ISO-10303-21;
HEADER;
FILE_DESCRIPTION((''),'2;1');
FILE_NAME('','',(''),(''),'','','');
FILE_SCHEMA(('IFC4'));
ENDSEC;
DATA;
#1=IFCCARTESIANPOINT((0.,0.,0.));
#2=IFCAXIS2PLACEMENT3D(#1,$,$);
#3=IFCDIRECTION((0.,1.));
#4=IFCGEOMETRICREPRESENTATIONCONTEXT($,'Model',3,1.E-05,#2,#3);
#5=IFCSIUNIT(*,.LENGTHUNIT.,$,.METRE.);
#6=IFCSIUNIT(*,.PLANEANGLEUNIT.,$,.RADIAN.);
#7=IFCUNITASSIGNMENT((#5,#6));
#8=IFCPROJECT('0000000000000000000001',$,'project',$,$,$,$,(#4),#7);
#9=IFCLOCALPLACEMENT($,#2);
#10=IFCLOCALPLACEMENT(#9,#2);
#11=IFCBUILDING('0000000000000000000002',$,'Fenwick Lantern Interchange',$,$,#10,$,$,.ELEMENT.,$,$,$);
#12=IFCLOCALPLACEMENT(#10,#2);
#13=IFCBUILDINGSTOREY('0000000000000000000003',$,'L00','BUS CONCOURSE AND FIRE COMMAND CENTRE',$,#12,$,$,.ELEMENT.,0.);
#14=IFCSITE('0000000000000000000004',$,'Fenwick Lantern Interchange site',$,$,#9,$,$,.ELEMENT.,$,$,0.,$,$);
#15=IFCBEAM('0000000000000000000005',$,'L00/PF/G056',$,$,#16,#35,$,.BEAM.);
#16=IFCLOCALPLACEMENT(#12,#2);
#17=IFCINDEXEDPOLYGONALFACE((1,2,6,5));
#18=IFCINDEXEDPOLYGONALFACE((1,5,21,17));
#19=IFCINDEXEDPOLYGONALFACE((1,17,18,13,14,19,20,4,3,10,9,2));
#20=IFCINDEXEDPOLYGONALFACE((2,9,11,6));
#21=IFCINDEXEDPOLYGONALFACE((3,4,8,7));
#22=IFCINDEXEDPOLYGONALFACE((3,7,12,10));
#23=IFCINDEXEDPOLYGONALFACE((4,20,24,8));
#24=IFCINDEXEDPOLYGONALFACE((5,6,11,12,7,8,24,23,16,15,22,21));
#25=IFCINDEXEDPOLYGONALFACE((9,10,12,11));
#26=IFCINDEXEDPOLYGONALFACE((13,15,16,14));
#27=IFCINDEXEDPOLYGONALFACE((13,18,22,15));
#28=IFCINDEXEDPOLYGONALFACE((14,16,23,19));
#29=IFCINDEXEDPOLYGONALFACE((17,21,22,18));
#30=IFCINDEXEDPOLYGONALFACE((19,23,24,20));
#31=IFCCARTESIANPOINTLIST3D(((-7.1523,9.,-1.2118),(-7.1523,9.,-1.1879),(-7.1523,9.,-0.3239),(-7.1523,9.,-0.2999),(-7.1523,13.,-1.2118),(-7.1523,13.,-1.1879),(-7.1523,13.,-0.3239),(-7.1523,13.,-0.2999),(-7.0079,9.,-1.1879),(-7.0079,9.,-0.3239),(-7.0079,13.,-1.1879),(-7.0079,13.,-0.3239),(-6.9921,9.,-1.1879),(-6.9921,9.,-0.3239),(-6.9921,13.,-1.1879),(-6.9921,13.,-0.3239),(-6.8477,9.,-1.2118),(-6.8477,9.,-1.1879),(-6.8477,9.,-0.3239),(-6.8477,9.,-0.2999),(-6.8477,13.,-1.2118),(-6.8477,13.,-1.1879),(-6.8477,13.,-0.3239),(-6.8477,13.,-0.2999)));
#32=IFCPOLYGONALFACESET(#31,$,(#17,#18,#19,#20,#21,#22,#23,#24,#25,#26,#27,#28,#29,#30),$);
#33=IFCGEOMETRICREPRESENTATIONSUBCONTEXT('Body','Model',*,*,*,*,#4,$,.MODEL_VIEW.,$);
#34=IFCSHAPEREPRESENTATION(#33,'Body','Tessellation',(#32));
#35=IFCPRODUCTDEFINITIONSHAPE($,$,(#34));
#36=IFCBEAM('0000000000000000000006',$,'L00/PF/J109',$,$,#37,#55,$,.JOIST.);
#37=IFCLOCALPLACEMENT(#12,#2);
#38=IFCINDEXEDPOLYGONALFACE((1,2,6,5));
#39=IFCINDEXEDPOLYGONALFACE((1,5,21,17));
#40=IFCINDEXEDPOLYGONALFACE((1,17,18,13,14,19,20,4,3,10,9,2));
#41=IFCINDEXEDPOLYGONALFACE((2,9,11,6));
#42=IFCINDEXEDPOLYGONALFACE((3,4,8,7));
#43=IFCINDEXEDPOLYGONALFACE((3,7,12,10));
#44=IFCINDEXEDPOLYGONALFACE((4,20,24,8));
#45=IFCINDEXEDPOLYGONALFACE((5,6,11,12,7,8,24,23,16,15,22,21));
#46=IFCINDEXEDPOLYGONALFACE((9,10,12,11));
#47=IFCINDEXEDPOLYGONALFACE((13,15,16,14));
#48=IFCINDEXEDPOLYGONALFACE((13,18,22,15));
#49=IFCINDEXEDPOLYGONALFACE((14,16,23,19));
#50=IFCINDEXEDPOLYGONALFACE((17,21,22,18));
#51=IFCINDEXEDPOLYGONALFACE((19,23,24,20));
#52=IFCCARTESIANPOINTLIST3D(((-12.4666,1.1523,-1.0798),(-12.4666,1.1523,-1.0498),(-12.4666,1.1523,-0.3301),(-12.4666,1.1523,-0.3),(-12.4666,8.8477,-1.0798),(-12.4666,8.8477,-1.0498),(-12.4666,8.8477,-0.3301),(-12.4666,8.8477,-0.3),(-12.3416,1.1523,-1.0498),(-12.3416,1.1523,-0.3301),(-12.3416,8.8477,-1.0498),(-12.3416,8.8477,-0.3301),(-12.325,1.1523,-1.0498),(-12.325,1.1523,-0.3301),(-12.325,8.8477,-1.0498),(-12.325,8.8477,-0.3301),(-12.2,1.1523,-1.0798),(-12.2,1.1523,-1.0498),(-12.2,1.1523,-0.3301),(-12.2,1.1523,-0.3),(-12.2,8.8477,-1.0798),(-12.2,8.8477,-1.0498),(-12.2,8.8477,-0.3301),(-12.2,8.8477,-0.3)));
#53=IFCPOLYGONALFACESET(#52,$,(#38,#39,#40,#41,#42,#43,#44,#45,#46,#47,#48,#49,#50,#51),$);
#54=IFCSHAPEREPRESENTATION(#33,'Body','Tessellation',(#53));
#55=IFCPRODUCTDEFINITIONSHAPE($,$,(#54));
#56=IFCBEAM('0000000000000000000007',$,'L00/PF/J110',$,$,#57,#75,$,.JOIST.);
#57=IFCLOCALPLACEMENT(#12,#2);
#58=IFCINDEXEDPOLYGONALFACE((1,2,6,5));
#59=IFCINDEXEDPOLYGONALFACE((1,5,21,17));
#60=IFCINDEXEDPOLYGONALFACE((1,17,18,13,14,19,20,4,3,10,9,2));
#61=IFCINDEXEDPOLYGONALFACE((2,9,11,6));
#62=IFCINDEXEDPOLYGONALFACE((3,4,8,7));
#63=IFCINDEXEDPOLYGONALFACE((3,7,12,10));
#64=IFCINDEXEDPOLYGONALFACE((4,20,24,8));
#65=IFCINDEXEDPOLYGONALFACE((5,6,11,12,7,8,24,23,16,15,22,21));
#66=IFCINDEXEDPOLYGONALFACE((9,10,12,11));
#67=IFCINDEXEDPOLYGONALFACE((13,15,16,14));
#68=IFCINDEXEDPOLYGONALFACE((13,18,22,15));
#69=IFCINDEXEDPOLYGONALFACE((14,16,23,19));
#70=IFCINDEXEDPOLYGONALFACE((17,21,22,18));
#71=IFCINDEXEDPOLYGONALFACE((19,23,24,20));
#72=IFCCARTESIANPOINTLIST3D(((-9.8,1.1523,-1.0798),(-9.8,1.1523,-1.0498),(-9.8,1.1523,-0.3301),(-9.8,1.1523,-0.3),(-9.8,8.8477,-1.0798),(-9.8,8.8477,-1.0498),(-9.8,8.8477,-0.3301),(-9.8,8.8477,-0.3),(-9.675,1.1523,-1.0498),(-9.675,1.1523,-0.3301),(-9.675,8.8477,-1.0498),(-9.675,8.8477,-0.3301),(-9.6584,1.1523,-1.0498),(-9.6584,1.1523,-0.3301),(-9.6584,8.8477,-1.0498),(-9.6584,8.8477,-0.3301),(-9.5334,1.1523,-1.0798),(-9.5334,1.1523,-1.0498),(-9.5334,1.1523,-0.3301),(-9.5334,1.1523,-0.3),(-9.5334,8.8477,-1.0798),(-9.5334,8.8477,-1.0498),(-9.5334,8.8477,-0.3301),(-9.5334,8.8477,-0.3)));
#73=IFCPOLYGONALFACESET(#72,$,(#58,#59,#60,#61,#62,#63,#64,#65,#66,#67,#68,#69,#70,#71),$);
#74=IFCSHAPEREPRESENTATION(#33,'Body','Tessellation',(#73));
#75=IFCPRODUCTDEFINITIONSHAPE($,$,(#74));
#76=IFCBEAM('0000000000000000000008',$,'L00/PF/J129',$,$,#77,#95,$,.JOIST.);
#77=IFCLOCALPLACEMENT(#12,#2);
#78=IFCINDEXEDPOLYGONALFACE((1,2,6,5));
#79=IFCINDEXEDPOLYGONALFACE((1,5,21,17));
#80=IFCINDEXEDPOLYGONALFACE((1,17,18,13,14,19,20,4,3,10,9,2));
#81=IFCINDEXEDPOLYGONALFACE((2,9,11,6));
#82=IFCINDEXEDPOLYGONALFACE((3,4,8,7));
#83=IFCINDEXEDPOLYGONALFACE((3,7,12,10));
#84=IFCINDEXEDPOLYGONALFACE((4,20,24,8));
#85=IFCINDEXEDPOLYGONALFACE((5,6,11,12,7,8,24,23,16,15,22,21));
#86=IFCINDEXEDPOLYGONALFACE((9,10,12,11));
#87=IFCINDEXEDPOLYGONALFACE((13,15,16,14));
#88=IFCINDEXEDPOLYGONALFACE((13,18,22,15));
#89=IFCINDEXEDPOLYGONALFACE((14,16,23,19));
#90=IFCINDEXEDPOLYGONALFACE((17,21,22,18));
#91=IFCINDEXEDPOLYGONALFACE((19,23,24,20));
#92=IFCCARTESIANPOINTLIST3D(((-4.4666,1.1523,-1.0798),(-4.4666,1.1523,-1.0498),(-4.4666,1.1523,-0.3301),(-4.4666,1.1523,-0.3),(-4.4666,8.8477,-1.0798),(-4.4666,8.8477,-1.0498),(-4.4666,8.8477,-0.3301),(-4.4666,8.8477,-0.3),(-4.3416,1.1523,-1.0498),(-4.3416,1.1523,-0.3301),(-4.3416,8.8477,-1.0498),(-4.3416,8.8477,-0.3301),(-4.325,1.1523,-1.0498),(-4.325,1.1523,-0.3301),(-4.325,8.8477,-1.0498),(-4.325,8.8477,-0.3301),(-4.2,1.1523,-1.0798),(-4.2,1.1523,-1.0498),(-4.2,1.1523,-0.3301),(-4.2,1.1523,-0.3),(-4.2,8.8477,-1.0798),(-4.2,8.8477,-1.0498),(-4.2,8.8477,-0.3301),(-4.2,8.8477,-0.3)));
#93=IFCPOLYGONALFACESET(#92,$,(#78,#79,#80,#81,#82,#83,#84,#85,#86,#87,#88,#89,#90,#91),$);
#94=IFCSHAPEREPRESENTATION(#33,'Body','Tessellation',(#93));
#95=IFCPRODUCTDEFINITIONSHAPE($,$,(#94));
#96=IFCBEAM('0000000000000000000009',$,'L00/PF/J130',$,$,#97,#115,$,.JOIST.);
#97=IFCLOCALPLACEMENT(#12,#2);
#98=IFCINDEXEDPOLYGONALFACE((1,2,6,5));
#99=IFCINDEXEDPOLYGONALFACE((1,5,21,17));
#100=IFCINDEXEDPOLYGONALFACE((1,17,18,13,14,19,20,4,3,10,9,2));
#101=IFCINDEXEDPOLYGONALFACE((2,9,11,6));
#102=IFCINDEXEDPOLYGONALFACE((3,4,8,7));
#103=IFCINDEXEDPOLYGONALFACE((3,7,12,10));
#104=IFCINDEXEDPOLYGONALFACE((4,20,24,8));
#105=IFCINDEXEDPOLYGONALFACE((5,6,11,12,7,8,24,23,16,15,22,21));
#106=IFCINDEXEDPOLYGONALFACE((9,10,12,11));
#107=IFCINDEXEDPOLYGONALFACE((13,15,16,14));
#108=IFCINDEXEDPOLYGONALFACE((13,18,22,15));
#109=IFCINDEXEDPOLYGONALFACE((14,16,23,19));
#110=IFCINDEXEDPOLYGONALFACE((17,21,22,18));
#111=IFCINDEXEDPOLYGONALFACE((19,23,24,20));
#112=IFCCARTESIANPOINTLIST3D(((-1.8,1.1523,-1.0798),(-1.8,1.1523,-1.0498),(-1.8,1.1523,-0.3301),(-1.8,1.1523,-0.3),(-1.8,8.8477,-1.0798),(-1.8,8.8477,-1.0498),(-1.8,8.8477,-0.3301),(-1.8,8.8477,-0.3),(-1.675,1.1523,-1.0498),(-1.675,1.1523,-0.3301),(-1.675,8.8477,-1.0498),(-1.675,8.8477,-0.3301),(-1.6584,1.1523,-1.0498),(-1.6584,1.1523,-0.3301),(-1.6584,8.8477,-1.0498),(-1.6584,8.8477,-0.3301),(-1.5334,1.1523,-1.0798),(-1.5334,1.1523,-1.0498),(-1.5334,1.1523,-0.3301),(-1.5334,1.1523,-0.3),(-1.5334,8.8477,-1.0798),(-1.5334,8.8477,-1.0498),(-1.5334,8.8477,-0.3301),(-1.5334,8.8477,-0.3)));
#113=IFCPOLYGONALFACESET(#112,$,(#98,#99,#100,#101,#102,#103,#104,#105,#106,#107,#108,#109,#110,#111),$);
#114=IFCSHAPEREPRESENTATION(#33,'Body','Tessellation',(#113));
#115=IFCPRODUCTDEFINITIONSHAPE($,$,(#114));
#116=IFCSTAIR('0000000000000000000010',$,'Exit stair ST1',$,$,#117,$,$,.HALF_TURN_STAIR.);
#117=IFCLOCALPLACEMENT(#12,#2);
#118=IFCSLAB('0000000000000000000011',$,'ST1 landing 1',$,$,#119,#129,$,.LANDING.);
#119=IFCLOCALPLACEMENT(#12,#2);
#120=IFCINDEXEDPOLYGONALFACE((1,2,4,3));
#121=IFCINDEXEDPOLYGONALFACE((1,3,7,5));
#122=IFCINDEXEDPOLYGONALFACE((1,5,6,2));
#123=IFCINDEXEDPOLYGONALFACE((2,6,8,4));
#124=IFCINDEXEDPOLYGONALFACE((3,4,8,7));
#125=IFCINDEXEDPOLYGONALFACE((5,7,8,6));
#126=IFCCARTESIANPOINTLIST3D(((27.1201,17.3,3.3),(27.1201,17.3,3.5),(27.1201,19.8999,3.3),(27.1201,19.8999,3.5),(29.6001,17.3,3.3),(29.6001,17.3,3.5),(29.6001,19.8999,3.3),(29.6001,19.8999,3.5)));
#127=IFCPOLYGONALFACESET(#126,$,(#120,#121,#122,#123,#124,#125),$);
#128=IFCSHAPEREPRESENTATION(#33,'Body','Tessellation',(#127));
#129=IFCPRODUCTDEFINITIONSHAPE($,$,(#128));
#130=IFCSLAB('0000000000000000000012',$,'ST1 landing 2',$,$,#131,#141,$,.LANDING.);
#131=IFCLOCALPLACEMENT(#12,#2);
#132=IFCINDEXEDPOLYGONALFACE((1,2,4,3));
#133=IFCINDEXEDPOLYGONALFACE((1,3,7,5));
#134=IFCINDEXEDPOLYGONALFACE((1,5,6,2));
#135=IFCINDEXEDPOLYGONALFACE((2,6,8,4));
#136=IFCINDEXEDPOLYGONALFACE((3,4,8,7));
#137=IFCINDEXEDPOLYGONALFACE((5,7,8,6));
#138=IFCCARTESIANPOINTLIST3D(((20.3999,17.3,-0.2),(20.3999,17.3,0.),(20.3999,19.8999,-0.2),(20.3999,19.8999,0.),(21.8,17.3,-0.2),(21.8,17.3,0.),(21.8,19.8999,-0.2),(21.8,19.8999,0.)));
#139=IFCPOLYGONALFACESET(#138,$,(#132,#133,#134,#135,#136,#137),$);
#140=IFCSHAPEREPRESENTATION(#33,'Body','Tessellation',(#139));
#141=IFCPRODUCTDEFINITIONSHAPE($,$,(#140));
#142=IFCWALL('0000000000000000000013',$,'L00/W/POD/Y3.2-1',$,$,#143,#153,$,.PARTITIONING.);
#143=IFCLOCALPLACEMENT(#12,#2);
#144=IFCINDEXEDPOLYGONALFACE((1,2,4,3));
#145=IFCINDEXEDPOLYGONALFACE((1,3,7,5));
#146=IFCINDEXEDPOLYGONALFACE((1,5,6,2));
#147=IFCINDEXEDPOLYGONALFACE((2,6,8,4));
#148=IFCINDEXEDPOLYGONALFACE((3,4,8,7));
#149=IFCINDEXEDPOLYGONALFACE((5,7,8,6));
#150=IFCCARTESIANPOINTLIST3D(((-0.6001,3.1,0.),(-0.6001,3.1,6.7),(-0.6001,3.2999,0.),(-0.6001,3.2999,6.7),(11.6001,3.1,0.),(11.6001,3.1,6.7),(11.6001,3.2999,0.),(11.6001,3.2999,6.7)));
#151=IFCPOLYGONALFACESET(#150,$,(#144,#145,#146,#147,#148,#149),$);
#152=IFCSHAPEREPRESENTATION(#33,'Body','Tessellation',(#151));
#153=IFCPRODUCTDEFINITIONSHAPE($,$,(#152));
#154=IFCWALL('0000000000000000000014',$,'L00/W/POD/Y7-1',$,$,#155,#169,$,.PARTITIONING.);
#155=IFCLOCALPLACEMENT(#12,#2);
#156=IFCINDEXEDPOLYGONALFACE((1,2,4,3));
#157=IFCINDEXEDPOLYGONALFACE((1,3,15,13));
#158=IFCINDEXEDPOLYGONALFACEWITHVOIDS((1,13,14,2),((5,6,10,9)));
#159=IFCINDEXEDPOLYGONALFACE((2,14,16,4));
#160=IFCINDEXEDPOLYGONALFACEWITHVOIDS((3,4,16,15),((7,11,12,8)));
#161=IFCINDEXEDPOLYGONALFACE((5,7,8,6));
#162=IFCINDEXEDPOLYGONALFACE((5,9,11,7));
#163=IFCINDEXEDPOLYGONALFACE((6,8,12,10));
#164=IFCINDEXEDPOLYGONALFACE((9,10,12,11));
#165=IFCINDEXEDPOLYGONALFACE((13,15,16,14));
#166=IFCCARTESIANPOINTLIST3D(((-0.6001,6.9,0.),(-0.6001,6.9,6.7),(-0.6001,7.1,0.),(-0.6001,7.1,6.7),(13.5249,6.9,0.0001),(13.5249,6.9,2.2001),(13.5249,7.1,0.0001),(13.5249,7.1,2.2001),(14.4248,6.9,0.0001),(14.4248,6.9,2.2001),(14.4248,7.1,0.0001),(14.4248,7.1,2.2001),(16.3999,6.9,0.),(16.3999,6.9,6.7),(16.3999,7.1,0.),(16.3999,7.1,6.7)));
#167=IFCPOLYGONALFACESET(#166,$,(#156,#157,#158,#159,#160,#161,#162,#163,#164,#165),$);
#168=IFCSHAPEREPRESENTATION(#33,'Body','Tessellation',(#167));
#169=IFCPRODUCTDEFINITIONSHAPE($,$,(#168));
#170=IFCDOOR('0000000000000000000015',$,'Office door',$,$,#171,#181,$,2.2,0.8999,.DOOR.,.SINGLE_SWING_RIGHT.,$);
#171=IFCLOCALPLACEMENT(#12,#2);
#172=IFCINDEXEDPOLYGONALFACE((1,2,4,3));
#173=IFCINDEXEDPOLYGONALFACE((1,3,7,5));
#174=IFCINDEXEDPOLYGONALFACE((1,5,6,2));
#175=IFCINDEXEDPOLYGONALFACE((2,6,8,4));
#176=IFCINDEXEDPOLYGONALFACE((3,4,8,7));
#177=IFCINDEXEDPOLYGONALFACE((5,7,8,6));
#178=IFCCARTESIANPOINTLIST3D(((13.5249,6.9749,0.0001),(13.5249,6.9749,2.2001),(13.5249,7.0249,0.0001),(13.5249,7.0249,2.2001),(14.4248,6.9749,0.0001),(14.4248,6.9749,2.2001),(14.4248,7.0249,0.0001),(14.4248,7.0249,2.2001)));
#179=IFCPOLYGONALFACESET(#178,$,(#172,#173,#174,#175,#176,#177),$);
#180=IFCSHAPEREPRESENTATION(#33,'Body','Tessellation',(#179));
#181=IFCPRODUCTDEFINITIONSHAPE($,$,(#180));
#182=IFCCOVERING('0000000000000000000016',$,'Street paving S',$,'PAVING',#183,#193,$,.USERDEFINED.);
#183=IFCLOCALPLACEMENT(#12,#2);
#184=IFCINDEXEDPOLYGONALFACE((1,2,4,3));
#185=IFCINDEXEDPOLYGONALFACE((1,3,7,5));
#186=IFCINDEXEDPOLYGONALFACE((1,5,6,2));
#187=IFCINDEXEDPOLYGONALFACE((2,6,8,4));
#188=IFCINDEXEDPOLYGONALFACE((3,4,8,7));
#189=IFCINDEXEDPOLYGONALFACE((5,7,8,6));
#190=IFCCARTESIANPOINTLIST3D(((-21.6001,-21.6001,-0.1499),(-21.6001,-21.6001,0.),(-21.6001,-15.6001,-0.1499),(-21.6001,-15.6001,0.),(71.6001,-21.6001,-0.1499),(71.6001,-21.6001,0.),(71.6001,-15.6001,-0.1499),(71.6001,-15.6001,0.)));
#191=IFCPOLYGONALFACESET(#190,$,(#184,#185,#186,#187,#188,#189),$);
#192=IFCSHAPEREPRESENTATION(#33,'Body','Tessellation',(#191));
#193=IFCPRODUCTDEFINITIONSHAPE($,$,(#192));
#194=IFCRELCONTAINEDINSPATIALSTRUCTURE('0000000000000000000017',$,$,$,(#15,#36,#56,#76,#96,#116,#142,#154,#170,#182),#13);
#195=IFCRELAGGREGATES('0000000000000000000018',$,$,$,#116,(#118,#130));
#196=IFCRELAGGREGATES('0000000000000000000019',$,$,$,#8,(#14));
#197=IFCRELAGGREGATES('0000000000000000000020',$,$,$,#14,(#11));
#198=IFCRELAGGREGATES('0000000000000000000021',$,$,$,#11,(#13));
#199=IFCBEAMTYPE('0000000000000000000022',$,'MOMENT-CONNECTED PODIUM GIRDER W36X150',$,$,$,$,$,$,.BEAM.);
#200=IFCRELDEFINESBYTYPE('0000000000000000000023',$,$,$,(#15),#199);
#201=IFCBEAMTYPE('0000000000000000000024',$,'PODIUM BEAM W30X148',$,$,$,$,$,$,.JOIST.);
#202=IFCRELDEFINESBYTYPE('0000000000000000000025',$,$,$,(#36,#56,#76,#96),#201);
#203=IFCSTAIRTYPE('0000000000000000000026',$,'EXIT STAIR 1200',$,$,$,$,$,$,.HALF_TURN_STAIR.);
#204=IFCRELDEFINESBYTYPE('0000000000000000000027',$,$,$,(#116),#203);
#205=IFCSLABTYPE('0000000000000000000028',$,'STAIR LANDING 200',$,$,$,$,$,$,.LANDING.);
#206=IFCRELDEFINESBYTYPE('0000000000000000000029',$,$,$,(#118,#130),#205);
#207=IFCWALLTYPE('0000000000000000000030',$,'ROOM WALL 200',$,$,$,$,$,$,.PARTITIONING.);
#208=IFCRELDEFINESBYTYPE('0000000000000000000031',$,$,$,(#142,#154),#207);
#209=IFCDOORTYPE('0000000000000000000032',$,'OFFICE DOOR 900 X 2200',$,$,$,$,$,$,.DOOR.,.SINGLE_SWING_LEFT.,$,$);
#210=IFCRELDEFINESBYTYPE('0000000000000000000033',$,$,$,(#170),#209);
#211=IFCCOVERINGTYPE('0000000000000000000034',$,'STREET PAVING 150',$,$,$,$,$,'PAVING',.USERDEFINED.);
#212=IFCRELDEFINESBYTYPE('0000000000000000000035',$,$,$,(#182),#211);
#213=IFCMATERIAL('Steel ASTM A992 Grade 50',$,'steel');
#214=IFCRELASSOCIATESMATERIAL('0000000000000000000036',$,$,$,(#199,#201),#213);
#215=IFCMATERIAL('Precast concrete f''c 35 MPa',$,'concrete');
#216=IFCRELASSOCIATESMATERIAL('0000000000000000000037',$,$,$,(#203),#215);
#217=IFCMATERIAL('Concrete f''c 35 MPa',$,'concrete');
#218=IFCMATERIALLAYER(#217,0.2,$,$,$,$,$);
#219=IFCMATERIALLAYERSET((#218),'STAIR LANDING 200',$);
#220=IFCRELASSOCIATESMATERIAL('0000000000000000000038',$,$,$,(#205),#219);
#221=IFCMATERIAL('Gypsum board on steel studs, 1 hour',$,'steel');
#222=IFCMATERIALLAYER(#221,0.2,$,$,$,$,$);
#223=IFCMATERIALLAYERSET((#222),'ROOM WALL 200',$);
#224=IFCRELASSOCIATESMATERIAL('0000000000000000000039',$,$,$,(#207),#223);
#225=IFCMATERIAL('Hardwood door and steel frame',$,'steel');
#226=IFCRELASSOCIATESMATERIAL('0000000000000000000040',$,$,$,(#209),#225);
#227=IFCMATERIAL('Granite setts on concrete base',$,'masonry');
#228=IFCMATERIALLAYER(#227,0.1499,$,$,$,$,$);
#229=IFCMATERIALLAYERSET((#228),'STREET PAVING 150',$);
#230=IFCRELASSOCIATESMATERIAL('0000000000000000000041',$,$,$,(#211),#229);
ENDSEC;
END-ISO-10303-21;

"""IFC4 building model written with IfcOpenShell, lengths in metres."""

from ifc_helpers import new_model, si_unit, direction, frame, frame_2d, origin, origin_2d, place, context, subcontext, project, spatial, polyline, rectangle, i_section, outline, extrude, material, layer, layer_set, material_profile, profile_set, type_object, element, fill, aggregate, save


model = new_model("IFC4")

# Units and contexts
model_context = context("Model", 3, precision=1e-05, world=origin(), true_north=direction((0.0, 1.0)))
body_context = subcontext(model_context, "Body", "Model", "MODEL_VIEW")
ifc_project = project(units=[si_unit("LENGTHUNIT", "METRE"), si_unit("PLANEANGLEUNIT", "RADIAN")], contexts=[model_context])

# Site, building, storey
site_placement = place(None, origin())
site = spatial("IfcSite", under=ifc_project, at=site_placement, Name="Fenwick Lantern Interchange site", CompositionType="ELEMENT", RefElevation=0.0)
building_placement = place(site_placement, origin())
building = spatial("IfcBuilding", under=site, at=building_placement, Name="Fenwick Lantern Interchange", CompositionType="ELEMENT")
storey_placement = place(building_placement, origin())
storey = spatial("IfcBuildingStorey", under=building, at=storey_placement, Name="L00", Description="BUS CONCOURSE AND FIRE COMMAND CENTRE", CompositionType="ELEMENT", Elevation=0.0)

# Shared definitions
ifc_material_1 = material(Name="Steel ASTM A992 Grade 50", Category="steel")

# Beams
ifc_material_profile_1 = material_profile(ifc_material_1, i_section(OverallWidth=0.3047, OverallDepth=0.9119, WebThickness=0.0159, FlangeThickness=0.0239, at=origin_2d()), Name="W36X150")
ifc_profile_set_1 = profile_set([ifc_material_profile_1], Name="Steel ASTM A992 Grade 50")
beam_type_1 = type_object("IfcBeamType", Name="MOMENT-CONNECTED PODIUM GIRDER W36X150", PredefinedType="BEAM", material=ifc_profile_set_1)
beam_1_placement = place(storey_placement, frame((-7.0, 9.0, -0.7559), z_axis=(0.0, 1.0, 0.0), x_axis=(-1.0, 0.0, 0.0)))
element("IfcBeam", 1, at=beam_1_placement, inside=storey, type_object=beam_type_1, Name="L00/PF/G056", PredefinedType="BEAM", context=body_context, shape_type="SweptSolid", body=[
    extrude(i_section(OverallWidth=0.3047, OverallDepth=0.9119, WebThickness=0.0159, FlangeThickness=0.0239, at=origin_2d()), origin(), (0.0, 0.0, 1.0), 4.0),
])
ifc_material_profile_2 = material_profile(ifc_material_1, i_section(OverallWidth=0.2666, OverallDepth=0.7798, WebThickness=0.0166, FlangeThickness=0.03, at=origin_2d()), Name="W30X148")
ifc_profile_set_2 = profile_set([ifc_material_profile_2], Name="Steel ASTM A992 Grade 50")
beam_type_2 = type_object("IfcBeamType", Name="PODIUM BEAM W30X148", PredefinedType="JOIST", material=ifc_profile_set_2)
for number, where, z_axis, x_axis, name in (
    (2, (-12.3333, 1.1523, -0.6899), (0.0, 1.0, 0.0), (-1.0, 0.0, 0.0), "L00/PF/J109"),
    (3, (-9.6667, 1.1523, -0.6899), (0.0, 1.0, 0.0), (-1.0, 0.0, 0.0), "L00/PF/J110"),
    (4, (-4.3333, 1.1523, -0.6899), (0.0, 1.0, 0.0), (-1.0, 0.0, 0.0), "L00/PF/J129"),
    (5, (-1.6667, 1.1523, -0.6899), (0.0, 1.0, 0.0), (-1.0, 0.0, 0.0), "L00/PF/J130"),
):
    element("IfcBeam", number, at=place(storey_placement, frame(where, z_axis=z_axis, x_axis=x_axis)), inside=storey, type_object=beam_type_2, Name=name, PredefinedType="JOIST", context=body_context, shape_type="SweptSolid", body=[
        extrude(i_section(OverallWidth=0.2666, OverallDepth=0.7798, WebThickness=0.0166, FlangeThickness=0.03, at=origin_2d()), origin(), (0.0, 0.0, 1.0), 7.6953),
    ])

# Stair, slabs
ifc_material_2 = material(Name="Precast concrete f'c 35 MPa", Category="concrete")
stair_type = type_object("IfcStairType", Name="EXIT STAIR 1200", PredefinedType="HALF_TURN_STAIR", material=ifc_material_2)
stair_placement = place(storey_placement, origin())
stair = element("IfcStair", 6, at=stair_placement, inside=storey, type_object=stair_type, Name="Exit stair ST1", PredefinedType="HALF_TURN_STAIR")
ifc_material_3 = material(Name="Concrete f'c 35 MPa", Category="concrete")
ifc_layer_1 = layer(ifc_material_3, 0.2)
ifc_layer_set_1 = layer_set([ifc_layer_1], Name="STAIR LANDING 200")
slab_type = type_object("IfcSlabType", Name="STAIR LANDING 200", PredefinedType="LANDING", material=ifc_layer_set_1)
slab_1_placement = place(storey_placement, frame((0.0, 0.0, 3.3)))
slab_1 = element("IfcSlab", 7, at=slab_1_placement, type_object=slab_type, Name="ST1 landing 1", PredefinedType="LANDING", context=body_context, shape_type="SweptSolid", body=[
    extrude(outline(polyline([(27.1201, 17.3), (29.6001, 17.3), (29.6001, 19.8999), (27.1201, 19.8999), (27.1201, 17.3)])), origin(), (0.0, 0.0, 1.0), 0.2),
])
slab_2_placement = place(storey_placement, frame((0.0, 0.0, -0.2)))
slab_2 = element("IfcSlab", 8, at=slab_2_placement, type_object=slab_type, Name="ST1 landing 2", PredefinedType="LANDING", context=body_context, shape_type="SweptSolid", body=[
    extrude(outline(polyline([(20.3999, 17.3), (21.8, 17.3), (21.8, 19.8999), (20.3999, 19.8999), (20.3999, 17.3)])), origin(), (0.0, 0.0, 1.0), 0.2),
])
aggregate(stair, [slab_1, slab_2])

# Wall
ifc_material_4 = material(Name="Gypsum board on steel studs, 1 hour", Category="steel")
ifc_layer_2 = layer(ifc_material_4, 0.2)
ifc_layer_set_2 = layer_set([ifc_layer_2], Name="ROOM WALL 200")
wall_type = type_object("IfcWallType", Name="ROOM WALL 200", PredefinedType="PARTITIONING", material=ifc_layer_set_2)
wall_1_placement = place(storey_placement, frame((-0.6001, 3.2, 0.0), z_axis=(0.0, 0.0, 1.0), x_axis=(1.0, 0.0, 0.0)))
element("IfcWall", 9, at=wall_1_placement, inside=storey, type_object=wall_type, Name="L00/W/POD/Y3.2-1", PredefinedType="PARTITIONING", context=body_context, shape_type="SweptSolid", body=[
    extrude(rectangle(XDim=12.2002, YDim=0.2, at=frame_2d((6.1001, 0.0))), origin(), (0.0, 0.0, 1.0), 6.7),
])

# Wall, opening, door
wall_2_placement = place(storey_placement, frame((-0.6001, 7.0, 0.0), z_axis=(0.0, 0.0, 1.0), x_axis=(1.0, 0.0, 0.0)))
wall_2 = element("IfcWall", 10, at=wall_2_placement, inside=storey, type_object=wall_type, Name="L00/W/POD/Y7-1", PredefinedType="PARTITIONING", context=body_context, shape_type="SweptSolid", body=[
    extrude(rectangle(XDim=17.0, YDim=0.2, at=frame_2d((8.5, 0.0))), origin(), (0.0, 0.0, 1.0), 6.7),
])
opening_placement = place(wall_2_placement, frame((14.125, 0.0, 0.0)))
opening = element("IfcOpeningElement", 11, at=opening_placement, cuts=wall_2, PredefinedType="OPENING", context=body_context, shape_type="SweptSolid", body=[
    extrude(rectangle(XDim=0.8999, YDim=2.2, at=frame_2d((0.45, 1.1001))), frame((0.0, 0.1099, 0.0), z_axis=(0.0, -1.0, 0.0), x_axis=(1.0, 0.0, 0.0)), (0.0, 0.0, 1.0), 0.22),
])
ifc_material_5 = material(Name="Hardwood door and steel frame", Category="steel")
door_type = type_object("IfcDoorType", Name="OFFICE DOOR 900 X 2200", OperationType="SINGLE_SWING_LEFT", PredefinedType="DOOR", material=ifc_material_5)
door_placement = place(opening_placement, origin())
door = element("IfcDoor", 12, at=door_placement, inside=storey, type_object=door_type, Name="Office door", OperationType="SINGLE_SWING_RIGHT", OverallHeight=2.2, OverallWidth=0.8999, PredefinedType="DOOR", context=body_context, shape_type="SweptSolid", body=[
    extrude(rectangle(XDim=0.8999, YDim=2.2, at=frame_2d((0.45, 1.1001))), frame((0.0, 0.0249, 0.0), z_axis=(0.0, -1.0, 0.0), x_axis=(1.0, 0.0, 0.0)), (0.0, 0.0, 1.0), 0.05),
])
fill(opening, door)

# Covering
ifc_material_6 = material(Name="Granite setts on concrete base", Category="masonry")
ifc_layer_3 = layer(ifc_material_6, 0.1499)
ifc_layer_set_3 = layer_set([ifc_layer_3], Name="STREET PAVING 150")
covering_type = type_object("IfcCoveringType", Name="STREET PAVING 150", ElementType="PAVING", PredefinedType="USERDEFINED", material=ifc_layer_set_3)
covering_1_placement = place(storey_placement, frame((0.0, 0.0, -0.1499)))
element("IfcCovering", 13, at=covering_1_placement, inside=storey, type_object=covering_type, Name="Street paving S", ObjectType="PAVING", PredefinedType="USERDEFINED", context=body_context, shape_type="SweptSolid", body=[
    extrude(outline(polyline([(-21.6001, -21.6001), (71.6001, -21.6001), (71.6001, -15.6001), (-21.6001, -15.6001), (-21.6001, -21.6001)])), origin(), (0.0, 0.0, 1.0), 0.1499),
])

save(model, "model.ifc")
